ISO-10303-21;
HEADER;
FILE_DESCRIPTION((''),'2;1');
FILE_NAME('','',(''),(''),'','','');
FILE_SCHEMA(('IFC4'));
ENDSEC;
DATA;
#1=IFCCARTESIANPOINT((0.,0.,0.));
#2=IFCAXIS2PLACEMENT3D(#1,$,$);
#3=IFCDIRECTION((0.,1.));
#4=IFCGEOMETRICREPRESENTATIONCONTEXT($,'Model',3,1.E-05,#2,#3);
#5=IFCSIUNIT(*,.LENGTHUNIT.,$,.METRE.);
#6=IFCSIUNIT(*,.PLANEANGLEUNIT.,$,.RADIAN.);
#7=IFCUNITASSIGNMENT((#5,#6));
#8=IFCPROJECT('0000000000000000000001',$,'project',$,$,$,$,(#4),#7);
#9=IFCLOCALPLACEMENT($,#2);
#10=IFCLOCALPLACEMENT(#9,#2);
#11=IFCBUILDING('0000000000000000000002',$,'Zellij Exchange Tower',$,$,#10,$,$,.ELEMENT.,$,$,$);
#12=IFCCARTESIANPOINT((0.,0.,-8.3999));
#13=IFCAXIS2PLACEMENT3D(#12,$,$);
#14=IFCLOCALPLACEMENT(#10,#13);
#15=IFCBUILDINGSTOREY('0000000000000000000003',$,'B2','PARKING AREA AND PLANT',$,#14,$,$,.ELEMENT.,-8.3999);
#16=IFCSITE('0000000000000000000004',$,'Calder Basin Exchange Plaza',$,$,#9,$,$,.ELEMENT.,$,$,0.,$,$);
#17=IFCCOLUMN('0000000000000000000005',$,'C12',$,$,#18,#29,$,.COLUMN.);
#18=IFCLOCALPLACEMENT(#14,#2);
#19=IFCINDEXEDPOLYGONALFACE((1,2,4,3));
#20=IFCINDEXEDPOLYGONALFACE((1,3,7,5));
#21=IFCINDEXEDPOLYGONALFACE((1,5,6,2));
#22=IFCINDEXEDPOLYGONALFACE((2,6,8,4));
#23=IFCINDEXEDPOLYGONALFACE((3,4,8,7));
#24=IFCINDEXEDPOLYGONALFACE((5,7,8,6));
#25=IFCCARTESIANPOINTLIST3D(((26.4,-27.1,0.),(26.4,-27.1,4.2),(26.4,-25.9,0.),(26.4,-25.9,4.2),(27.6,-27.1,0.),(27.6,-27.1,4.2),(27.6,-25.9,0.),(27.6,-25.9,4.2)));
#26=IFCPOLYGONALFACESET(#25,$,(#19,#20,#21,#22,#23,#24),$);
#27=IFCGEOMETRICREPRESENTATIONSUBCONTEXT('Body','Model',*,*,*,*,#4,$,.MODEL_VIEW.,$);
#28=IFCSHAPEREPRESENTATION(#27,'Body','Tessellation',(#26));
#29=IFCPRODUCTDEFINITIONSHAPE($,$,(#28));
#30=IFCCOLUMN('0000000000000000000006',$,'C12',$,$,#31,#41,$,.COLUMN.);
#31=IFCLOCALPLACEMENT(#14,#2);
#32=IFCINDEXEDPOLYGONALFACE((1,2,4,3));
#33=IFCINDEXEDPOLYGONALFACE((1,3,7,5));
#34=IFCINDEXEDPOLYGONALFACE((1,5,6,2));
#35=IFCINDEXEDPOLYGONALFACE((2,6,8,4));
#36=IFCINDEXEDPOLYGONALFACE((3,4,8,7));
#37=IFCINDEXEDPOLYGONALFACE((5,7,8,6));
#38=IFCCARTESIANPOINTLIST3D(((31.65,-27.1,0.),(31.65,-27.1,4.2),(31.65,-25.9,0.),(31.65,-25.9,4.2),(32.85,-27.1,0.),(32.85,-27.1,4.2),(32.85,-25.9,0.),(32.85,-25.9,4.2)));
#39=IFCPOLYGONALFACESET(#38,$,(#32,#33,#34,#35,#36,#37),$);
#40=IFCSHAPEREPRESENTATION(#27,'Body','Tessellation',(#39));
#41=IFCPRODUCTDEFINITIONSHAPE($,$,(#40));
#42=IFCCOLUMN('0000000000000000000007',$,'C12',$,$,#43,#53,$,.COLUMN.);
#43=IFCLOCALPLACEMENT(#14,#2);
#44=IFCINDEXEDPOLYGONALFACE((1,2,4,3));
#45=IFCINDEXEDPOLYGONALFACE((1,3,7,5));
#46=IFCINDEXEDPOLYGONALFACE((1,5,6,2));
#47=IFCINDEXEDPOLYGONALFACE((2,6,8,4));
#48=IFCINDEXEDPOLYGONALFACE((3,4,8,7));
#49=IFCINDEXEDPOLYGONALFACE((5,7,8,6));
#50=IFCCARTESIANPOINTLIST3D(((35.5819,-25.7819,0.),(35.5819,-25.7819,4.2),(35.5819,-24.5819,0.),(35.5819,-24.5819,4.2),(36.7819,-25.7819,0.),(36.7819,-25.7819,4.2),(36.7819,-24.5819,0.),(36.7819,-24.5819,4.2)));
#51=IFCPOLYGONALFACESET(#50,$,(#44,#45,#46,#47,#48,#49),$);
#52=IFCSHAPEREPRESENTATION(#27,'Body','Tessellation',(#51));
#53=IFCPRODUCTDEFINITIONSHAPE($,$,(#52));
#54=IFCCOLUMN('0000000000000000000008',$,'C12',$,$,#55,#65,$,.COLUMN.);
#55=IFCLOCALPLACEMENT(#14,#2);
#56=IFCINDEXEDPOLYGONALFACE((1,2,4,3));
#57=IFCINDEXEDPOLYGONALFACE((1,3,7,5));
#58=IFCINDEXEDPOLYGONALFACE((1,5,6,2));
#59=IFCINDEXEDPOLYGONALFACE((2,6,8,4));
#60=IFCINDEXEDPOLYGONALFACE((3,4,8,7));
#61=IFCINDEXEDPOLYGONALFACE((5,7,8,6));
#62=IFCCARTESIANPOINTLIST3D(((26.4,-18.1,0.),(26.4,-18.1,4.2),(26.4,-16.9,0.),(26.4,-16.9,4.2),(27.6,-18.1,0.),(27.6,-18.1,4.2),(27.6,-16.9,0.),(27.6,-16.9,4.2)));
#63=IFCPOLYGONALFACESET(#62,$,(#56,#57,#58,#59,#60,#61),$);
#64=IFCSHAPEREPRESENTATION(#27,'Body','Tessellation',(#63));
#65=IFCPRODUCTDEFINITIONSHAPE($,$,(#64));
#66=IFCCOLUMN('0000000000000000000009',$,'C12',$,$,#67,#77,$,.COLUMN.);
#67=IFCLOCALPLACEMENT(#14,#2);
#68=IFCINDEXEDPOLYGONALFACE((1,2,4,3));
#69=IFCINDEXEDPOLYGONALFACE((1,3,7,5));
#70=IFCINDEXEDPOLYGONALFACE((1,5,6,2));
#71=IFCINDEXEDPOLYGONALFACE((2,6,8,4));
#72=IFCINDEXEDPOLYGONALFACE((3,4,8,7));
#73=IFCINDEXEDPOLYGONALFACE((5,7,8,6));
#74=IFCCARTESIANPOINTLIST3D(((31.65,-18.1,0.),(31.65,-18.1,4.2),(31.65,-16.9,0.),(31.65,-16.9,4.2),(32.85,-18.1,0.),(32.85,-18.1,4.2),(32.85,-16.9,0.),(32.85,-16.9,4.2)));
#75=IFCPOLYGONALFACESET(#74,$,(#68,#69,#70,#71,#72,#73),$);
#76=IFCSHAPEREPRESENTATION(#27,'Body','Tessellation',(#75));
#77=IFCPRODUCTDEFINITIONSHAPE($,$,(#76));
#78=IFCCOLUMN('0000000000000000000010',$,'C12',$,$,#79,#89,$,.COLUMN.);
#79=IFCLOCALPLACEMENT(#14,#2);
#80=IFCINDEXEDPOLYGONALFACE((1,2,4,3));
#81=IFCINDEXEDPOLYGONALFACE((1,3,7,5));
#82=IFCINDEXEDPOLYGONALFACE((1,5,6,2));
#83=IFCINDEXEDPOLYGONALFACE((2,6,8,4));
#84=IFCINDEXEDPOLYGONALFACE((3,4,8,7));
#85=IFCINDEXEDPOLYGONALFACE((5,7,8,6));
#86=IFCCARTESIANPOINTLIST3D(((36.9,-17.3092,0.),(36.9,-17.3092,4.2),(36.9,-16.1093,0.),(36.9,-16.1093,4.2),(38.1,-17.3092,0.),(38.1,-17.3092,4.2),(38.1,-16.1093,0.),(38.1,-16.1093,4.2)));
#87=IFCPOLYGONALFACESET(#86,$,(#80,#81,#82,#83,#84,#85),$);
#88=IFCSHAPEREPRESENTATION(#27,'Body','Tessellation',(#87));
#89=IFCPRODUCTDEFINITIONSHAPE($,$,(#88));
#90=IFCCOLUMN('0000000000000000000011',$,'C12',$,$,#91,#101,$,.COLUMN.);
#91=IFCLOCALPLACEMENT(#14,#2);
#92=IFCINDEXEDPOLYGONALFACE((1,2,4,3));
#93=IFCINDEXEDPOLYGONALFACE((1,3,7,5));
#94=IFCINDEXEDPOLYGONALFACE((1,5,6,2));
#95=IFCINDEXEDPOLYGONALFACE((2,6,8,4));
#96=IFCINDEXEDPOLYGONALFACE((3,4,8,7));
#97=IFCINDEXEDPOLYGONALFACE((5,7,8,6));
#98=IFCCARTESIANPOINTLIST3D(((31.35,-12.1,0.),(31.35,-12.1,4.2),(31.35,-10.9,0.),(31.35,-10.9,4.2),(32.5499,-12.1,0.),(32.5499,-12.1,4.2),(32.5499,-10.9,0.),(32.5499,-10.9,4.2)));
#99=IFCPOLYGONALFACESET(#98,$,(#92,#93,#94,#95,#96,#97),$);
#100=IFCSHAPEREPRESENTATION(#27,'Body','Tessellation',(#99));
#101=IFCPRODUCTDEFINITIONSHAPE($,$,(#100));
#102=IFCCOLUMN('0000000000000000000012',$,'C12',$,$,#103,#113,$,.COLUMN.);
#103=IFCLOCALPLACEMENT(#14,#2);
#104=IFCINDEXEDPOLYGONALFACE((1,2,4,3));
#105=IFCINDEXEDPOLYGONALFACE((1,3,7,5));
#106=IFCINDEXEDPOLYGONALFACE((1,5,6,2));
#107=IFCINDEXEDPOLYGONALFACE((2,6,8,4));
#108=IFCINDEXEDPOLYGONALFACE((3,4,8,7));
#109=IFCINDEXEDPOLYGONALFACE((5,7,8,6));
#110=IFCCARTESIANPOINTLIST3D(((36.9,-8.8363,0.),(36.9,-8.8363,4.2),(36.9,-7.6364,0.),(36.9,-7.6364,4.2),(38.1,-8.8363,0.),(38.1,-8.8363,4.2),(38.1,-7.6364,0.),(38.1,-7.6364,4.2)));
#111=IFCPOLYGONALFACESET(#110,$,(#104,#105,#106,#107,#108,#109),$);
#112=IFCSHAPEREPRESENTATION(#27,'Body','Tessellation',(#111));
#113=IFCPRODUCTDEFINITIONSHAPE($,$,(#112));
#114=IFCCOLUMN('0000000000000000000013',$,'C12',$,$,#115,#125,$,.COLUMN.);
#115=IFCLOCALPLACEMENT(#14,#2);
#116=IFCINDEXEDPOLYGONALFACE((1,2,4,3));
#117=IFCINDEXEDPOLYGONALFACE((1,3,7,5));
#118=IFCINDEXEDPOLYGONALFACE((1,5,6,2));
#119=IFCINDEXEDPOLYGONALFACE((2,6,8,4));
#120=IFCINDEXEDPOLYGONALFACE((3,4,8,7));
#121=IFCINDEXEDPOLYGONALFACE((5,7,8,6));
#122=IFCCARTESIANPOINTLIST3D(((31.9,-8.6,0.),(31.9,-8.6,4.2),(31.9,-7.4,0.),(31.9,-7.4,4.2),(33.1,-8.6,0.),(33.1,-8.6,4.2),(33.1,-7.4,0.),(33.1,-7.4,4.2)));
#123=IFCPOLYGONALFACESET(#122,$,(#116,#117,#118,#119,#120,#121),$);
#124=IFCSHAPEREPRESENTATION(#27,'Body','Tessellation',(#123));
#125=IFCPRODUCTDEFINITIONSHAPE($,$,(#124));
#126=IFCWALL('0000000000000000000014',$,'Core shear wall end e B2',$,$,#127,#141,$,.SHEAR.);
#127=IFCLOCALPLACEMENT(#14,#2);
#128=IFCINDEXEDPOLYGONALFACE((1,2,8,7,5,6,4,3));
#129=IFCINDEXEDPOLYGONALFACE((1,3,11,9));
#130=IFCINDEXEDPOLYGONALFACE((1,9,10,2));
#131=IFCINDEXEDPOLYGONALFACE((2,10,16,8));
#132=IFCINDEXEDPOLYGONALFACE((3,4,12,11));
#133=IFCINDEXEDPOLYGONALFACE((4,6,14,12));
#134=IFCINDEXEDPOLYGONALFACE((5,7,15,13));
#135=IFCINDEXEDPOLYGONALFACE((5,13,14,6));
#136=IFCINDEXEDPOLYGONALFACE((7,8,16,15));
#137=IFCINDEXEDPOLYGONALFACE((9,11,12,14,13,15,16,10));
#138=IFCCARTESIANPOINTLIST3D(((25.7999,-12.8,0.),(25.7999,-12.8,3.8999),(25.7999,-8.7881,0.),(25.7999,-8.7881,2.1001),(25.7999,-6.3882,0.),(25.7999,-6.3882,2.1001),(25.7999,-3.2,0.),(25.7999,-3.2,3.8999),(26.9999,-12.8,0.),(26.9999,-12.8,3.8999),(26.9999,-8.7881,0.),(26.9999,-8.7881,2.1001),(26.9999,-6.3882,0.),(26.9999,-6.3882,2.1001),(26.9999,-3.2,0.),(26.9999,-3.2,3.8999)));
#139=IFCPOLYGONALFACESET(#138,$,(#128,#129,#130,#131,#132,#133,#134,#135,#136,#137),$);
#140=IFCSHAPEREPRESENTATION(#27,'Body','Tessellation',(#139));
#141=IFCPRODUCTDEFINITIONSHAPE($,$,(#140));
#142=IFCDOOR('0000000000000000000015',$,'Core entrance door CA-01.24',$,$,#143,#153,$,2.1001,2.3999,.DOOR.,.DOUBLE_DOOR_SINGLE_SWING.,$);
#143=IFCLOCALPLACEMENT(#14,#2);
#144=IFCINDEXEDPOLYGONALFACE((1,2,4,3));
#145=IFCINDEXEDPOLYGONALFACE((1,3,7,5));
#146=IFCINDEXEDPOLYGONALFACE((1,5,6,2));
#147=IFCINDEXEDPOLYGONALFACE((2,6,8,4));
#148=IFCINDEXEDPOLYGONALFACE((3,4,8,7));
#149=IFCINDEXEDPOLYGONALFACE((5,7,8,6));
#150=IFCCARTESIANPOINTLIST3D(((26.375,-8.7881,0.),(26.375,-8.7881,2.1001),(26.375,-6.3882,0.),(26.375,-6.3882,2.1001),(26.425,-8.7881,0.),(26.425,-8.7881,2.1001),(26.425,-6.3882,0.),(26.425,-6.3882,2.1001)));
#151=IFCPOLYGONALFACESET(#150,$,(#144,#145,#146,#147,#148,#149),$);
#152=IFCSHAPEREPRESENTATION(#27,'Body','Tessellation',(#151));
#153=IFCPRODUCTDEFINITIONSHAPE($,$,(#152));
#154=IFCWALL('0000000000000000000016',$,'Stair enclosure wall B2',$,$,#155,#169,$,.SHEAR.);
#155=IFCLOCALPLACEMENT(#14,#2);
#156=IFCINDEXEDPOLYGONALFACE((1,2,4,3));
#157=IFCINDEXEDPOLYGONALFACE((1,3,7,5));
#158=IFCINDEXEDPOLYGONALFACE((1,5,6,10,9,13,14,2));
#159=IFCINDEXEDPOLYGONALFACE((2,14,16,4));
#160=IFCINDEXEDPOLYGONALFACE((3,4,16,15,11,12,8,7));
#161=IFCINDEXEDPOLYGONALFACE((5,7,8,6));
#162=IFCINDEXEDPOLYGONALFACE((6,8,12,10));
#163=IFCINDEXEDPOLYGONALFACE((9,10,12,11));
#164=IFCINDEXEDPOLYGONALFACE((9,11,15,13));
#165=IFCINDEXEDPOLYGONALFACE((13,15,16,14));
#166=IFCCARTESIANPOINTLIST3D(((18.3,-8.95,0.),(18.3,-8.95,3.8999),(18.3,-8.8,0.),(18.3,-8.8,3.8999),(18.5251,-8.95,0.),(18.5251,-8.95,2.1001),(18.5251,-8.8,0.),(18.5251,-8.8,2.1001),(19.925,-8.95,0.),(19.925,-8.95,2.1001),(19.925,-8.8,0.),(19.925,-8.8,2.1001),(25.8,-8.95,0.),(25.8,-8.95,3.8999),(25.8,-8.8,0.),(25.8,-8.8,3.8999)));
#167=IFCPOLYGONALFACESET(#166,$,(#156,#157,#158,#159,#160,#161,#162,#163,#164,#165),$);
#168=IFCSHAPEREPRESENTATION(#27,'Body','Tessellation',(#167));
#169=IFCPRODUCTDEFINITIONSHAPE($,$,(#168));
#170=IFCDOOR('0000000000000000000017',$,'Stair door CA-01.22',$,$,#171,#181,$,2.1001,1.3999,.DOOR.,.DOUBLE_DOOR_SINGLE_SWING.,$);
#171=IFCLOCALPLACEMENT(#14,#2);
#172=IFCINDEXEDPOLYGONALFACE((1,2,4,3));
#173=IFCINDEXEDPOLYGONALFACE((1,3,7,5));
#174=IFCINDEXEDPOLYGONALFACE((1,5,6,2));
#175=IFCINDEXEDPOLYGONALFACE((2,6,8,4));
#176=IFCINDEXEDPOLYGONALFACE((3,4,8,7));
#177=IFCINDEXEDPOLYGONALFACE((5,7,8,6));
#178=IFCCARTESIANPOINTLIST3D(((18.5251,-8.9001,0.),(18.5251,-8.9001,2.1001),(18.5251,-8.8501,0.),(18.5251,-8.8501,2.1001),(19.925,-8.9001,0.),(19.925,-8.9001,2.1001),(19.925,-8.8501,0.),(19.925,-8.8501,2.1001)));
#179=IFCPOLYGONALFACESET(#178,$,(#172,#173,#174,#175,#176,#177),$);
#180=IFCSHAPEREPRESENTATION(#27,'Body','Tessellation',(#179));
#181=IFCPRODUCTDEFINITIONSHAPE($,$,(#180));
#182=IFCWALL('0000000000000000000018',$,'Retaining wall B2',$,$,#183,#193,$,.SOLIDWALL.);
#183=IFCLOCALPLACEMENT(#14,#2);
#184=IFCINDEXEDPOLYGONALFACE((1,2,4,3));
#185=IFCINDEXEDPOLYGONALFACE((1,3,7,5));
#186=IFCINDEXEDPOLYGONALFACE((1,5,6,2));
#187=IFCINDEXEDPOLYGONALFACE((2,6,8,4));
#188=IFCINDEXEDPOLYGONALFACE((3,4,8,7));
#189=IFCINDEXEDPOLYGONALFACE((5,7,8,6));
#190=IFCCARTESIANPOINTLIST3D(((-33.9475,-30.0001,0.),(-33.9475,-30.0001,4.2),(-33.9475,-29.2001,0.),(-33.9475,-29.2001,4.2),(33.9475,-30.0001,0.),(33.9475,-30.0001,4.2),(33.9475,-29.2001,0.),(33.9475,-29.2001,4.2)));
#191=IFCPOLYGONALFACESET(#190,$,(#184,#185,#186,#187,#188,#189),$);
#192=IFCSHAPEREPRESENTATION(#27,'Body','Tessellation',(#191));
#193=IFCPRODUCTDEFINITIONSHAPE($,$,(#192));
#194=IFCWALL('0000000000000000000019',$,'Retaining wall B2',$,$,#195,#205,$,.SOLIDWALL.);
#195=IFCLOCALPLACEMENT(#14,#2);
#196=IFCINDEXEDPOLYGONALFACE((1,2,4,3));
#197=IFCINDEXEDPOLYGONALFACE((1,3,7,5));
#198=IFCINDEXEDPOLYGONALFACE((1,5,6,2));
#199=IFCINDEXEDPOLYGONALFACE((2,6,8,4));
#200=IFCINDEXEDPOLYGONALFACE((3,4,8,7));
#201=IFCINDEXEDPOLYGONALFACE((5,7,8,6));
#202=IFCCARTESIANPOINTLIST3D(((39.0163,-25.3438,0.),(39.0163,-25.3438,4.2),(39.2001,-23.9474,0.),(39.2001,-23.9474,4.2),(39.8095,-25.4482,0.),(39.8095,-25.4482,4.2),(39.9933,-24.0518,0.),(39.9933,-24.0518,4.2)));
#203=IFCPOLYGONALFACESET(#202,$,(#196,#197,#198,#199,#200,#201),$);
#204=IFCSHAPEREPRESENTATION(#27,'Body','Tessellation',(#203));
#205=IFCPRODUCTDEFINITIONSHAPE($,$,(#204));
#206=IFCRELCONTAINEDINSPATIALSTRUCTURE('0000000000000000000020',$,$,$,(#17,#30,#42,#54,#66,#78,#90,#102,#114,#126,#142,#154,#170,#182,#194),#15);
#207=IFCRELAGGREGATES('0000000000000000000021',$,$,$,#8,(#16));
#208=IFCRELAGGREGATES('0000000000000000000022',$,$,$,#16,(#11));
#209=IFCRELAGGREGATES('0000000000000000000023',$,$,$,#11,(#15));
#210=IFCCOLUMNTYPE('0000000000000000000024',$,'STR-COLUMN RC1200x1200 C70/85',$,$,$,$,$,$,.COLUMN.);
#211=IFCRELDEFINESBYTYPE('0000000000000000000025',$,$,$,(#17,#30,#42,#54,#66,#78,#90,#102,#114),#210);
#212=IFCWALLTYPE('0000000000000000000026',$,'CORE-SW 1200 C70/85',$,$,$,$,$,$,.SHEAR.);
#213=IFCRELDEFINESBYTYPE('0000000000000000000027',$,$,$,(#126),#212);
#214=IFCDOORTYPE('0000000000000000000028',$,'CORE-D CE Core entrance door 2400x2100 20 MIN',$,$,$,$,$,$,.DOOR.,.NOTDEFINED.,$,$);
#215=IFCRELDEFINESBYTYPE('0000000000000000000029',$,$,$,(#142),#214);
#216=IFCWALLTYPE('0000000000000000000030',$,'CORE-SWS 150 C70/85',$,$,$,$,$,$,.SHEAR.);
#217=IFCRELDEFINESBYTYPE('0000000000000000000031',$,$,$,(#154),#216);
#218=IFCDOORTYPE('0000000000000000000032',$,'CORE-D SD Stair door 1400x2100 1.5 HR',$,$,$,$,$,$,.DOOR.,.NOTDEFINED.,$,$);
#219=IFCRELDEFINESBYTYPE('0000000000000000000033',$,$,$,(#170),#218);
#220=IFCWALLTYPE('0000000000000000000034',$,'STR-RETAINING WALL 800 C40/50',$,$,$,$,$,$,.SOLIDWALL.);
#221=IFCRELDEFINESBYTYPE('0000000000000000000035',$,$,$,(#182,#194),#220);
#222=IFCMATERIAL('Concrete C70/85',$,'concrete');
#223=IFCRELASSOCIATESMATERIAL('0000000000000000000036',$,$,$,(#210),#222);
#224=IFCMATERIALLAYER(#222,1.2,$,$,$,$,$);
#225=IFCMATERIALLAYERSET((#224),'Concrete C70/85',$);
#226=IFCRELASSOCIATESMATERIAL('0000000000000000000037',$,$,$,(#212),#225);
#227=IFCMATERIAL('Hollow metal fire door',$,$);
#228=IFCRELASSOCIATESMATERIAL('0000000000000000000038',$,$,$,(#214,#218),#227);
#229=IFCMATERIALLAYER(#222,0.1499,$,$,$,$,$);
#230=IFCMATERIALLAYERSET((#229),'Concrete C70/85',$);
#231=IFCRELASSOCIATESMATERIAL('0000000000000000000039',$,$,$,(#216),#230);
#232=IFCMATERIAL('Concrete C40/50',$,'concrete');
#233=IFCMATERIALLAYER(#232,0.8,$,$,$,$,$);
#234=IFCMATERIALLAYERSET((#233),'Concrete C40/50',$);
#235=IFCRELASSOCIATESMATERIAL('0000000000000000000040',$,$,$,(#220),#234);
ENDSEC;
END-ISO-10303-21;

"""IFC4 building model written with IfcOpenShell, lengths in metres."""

from ifc_helpers import new_model, si_unit, direction, frame, frame_2d, origin, origin_2d, place, context, subcontext, project, spatial, rectangle, extrude, material, layer, layer_set, material_profile, profile_set, type_object, element, fill, save


model = new_model("IFC4")

# Units and contexts
model_context = context("Model", 3, precision=1e-05, world=origin(), true_north=direction((0.0, 1.0)))
body_context = subcontext(model_context, "Body", "Model", "MODEL_VIEW")
ifc_project = project(units=[si_unit("LENGTHUNIT", "METRE"), si_unit("PLANEANGLEUNIT", "RADIAN")], contexts=[model_context])

# Site, building, storey
site_placement = place(None, origin())
site = spatial("IfcSite", under=ifc_project, at=site_placement, Name="Calder Basin Exchange Plaza", CompositionType="ELEMENT", RefElevation=0.0)
building_placement = place(site_placement, origin())
building = spatial("IfcBuilding", under=site, at=building_placement, Name="Zellij Exchange Tower", CompositionType="ELEMENT")
storey_placement = place(building_placement, frame((0.0, 0.0, -8.3999)))
storey = spatial("IfcBuildingStorey", under=building, at=storey_placement, Name="B2", Description="PARKING AREA AND PLANT", CompositionType="ELEMENT", Elevation=-8.3999)

# Columns
ifc_material_1 = material(Name="Concrete C70/85", Category="concrete")
ifc_material_profile = material_profile(ifc_material_1, rectangle(XDim=1.2, YDim=1.2, at=origin_2d()), Name="STR-COLUMN RC1200x1200 C70/85")
ifc_profile_set = profile_set([ifc_material_profile], Name="Concrete C70/85")
column_type = type_object("IfcColumnType", Name="STR-COLUMN RC1200x1200 C70/85", PredefinedType="COLUMN", material=ifc_profile_set)
for number, where, z_axis, x_axis, name in (
    (1, (27.0, -26.5, 0.0), (0.0, 0.0, 1.0), (1.0, 0.0, 0.0), "C12"),
    (2, (32.25, -26.5, 0.0), (0.0, 0.0, 1.0), (1.0, 0.0, 0.0), "C12"),
    (3, (36.1819, -25.1819, 0.0), (0.0, 0.0, 1.0), (1.0, 0.0, 0.0), "C12"),
    (4, (27.0, -17.5, 0.0), (0.0, 0.0, 1.0), (1.0, 0.0, 0.0), "C12"),
    (5, (32.25, -17.5, 0.0), (0.0, 0.0, 1.0), (1.0, 0.0, 0.0), "C12"),
    (6, (37.5, -16.7092, 0.0), (0.0, 0.0, 1.0), (1.0, 0.0, 0.0), "C12"),
    (7, (31.95, -11.5, 0.0), (0.0, 0.0, 1.0), (1.0, 0.0, 0.0), "C12"),
    (8, (37.5, -8.2363, 0.0), (0.0, 0.0, 1.0), (1.0, 0.0, 0.0), "C12"),
    (9, (32.5, -8.0, 0.0), (0.0, 0.0, 1.0), (1.0, 0.0, 0.0), "C12"),
):
    element("IfcColumn", number, at=place(storey_placement, frame(where, z_axis=z_axis, x_axis=x_axis)), inside=storey, type_object=column_type, Name=name, PredefinedType="COLUMN", context=body_context, shape_type="SweptSolid", body=[
        extrude(rectangle(XDim=1.2, YDim=1.2, at=origin_2d()), origin(), (0.0, 0.0, 1.0), 4.2),
    ])

# Walls, openings, doors
ifc_layer_1 = layer(ifc_material_1, 1.2)
ifc_layer_set_1 = layer_set([ifc_layer_1], Name="Concrete C70/85")
wall_type_1 = type_object("IfcWallType", Name="CORE-SW 1200 C70/85", PredefinedType="SHEAR", material=ifc_layer_set_1)
wall_1_placement = place(storey_placement, frame((26.3999, -12.8, 0.0), z_axis=(0.0, 0.0, 1.0), x_axis=(0.0, 1.0, 0.0)))
wall_1 = element("IfcWall", 10, at=wall_1_placement, inside=storey, type_object=wall_type_1, Name="Core shear wall end e B2", PredefinedType="SHEAR", context=body_context, shape_type="SweptSolid", body=[
    extrude(rectangle(XDim=9.6001, YDim=1.2, at=frame_2d((4.8, 0.0))), origin(), (0.0, 0.0, 1.0), 3.8999),
])
opening_1_placement = place(wall_1_placement, frame((4.012, 0.0, 0.0)))
opening_1 = element("IfcOpeningElement", 11, at=opening_1_placement, cuts=wall_1, PredefinedType="OPENING", context=body_context, shape_type="SweptSolid", body=[
    extrude(rectangle(XDim=2.3999, YDim=2.1001, at=frame_2d((1.2, 1.05))), frame((0.0, 0.6118, 0.0), z_axis=(0.0, -1.0, 0.0), x_axis=(1.0, 0.0, 0.0)), (0.0, 0.0, 1.0), 1.2239),
])
ifc_material_2 = material(Name="Hollow metal fire door")
door_type_1 = type_object("IfcDoorType", Name="CORE-D CE Core entrance door 2400x2100 20 MIN", OperationType="NOTDEFINED", PredefinedType="DOOR", material=ifc_material_2)
door_1_placement = place(opening_1_placement, origin())
door_1 = element("IfcDoor", 12, at=door_1_placement, inside=storey, type_object=door_type_1, Name="Core entrance door CA-01.24", OperationType="DOUBLE_DOOR_SINGLE_SWING", OverallHeight=2.1001, OverallWidth=2.3999, PredefinedType="DOOR", context=body_context, shape_type="SweptSolid", body=[
    extrude(rectangle(XDim=2.3999, YDim=2.1001, at=frame_2d((1.2, 1.05))), frame((0.0, 0.0249, 0.0), z_axis=(0.0, -1.0, 0.0), x_axis=(1.0, 0.0, 0.0)), (0.0, 0.0, 1.0), 0.05),
])
fill(opening_1, door_1)
ifc_layer_2 = layer(ifc_material_1, 0.1499)
ifc_layer_set_2 = layer_set([ifc_layer_2], Name="Concrete C70/85")
wall_type_2 = type_object("IfcWallType", Name="CORE-SWS 150 C70/85", PredefinedType="SHEAR", material=ifc_layer_set_2)
wall_2_placement = place(storey_placement, frame((18.3, -8.875, 0.0), z_axis=(0.0, 0.0, 1.0), x_axis=(1.0, 0.0, 0.0)))
wall_2 = element("IfcWall", 13, at=wall_2_placement, inside=storey, type_object=wall_type_2, Name="Stair enclosure wall B2", PredefinedType="SHEAR", context=body_context, shape_type="SweptSolid", body=[
    extrude(rectangle(XDim=7.5, YDim=0.1499, at=frame_2d((3.75, 0.0))), origin(), (0.0, 0.0, 1.0), 3.8999),
])
opening_2_placement = place(wall_2_placement, frame((0.2251, 0.0, 0.0)))
opening_2 = element("IfcOpeningElement", 14, at=opening_2_placement, cuts=wall_2, PredefinedType="OPENING", context=body_context, shape_type="SweptSolid", body=[
    extrude(rectangle(XDim=1.3999, YDim=2.1001, at=frame_2d((0.7, 1.05))), frame((0.0, 0.0869, 0.0), z_axis=(0.0, -1.0, 0.0), x_axis=(1.0, 0.0, 0.0)), (0.0, 0.0, 1.0), 0.1738),
])
door_type_2 = type_object("IfcDoorType", Name="CORE-D SD Stair door 1400x2100 1.5 HR", OperationType="NOTDEFINED", PredefinedType="DOOR", material=ifc_material_2)
door_2_placement = place(opening_2_placement, origin())
door_2 = element("IfcDoor", 15, at=door_2_placement, inside=storey, type_object=door_type_2, Name="Stair door CA-01.22", OperationType="DOUBLE_DOOR_SINGLE_SWING", OverallHeight=2.1001, OverallWidth=1.3999, PredefinedType="DOOR", context=body_context, shape_type="SweptSolid", body=[
    extrude(rectangle(XDim=1.3999, YDim=2.1001, at=frame_2d((0.7, 1.05))), frame((0.0, 0.0249, 0.0), z_axis=(0.0, -1.0, 0.0), x_axis=(1.0, 0.0, 0.0)), (0.0, 0.0, 1.0), 0.05),
])
fill(opening_2, door_2)

# Walls
ifc_material_3 = material(Name="Concrete C40/50", Category="concrete")
ifc_layer_3 = layer(ifc_material_3, 0.8)
ifc_layer_set_3 = layer_set([ifc_layer_3], Name="Concrete C40/50")
wall_type_3 = type_object("IfcWallType", Name="STR-RETAINING WALL 800 C40/50", PredefinedType="SOLIDWALL", material=ifc_layer_set_3)
wall_3_placement = place(storey_placement, frame((33.9475, -29.6001, 0.0), z_axis=(0.0, 0.0, 1.0), x_axis=(-1.0, 0.0, 0.0)))
element("IfcWall", 16, at=wall_3_placement, inside=storey, type_object=wall_type_3, Name="Retaining wall B2", PredefinedType="SOLIDWALL", context=body_context, shape_type="SweptSolid", body=[
    extrude(rectangle(XDim=67.895, YDim=0.8, at=frame_2d((33.9475, 0.0))), origin(), (0.0, 0.0, 1.0), 4.2),
])
wall_4_placement = place(storey_placement, frame((39.5967, -23.9998, 0.0), z_axis=(0.0, 0.0, 1.0), x_axis=(-0.130517, -0.991446, 0.0)))
element("IfcWall", 17, at=wall_4_placement, inside=storey, type_object=wall_type_3, Name="Retaining wall B2", PredefinedType="SOLIDWALL", context=body_context, shape_type="SweptSolid", body=[
    extrude(rectangle(XDim=1.4084, YDim=0.8, at=frame_2d((0.7041, 0.0))), origin(), (0.0, 0.0, 1.0), 4.2),
])

save(model, "model.ifc")
